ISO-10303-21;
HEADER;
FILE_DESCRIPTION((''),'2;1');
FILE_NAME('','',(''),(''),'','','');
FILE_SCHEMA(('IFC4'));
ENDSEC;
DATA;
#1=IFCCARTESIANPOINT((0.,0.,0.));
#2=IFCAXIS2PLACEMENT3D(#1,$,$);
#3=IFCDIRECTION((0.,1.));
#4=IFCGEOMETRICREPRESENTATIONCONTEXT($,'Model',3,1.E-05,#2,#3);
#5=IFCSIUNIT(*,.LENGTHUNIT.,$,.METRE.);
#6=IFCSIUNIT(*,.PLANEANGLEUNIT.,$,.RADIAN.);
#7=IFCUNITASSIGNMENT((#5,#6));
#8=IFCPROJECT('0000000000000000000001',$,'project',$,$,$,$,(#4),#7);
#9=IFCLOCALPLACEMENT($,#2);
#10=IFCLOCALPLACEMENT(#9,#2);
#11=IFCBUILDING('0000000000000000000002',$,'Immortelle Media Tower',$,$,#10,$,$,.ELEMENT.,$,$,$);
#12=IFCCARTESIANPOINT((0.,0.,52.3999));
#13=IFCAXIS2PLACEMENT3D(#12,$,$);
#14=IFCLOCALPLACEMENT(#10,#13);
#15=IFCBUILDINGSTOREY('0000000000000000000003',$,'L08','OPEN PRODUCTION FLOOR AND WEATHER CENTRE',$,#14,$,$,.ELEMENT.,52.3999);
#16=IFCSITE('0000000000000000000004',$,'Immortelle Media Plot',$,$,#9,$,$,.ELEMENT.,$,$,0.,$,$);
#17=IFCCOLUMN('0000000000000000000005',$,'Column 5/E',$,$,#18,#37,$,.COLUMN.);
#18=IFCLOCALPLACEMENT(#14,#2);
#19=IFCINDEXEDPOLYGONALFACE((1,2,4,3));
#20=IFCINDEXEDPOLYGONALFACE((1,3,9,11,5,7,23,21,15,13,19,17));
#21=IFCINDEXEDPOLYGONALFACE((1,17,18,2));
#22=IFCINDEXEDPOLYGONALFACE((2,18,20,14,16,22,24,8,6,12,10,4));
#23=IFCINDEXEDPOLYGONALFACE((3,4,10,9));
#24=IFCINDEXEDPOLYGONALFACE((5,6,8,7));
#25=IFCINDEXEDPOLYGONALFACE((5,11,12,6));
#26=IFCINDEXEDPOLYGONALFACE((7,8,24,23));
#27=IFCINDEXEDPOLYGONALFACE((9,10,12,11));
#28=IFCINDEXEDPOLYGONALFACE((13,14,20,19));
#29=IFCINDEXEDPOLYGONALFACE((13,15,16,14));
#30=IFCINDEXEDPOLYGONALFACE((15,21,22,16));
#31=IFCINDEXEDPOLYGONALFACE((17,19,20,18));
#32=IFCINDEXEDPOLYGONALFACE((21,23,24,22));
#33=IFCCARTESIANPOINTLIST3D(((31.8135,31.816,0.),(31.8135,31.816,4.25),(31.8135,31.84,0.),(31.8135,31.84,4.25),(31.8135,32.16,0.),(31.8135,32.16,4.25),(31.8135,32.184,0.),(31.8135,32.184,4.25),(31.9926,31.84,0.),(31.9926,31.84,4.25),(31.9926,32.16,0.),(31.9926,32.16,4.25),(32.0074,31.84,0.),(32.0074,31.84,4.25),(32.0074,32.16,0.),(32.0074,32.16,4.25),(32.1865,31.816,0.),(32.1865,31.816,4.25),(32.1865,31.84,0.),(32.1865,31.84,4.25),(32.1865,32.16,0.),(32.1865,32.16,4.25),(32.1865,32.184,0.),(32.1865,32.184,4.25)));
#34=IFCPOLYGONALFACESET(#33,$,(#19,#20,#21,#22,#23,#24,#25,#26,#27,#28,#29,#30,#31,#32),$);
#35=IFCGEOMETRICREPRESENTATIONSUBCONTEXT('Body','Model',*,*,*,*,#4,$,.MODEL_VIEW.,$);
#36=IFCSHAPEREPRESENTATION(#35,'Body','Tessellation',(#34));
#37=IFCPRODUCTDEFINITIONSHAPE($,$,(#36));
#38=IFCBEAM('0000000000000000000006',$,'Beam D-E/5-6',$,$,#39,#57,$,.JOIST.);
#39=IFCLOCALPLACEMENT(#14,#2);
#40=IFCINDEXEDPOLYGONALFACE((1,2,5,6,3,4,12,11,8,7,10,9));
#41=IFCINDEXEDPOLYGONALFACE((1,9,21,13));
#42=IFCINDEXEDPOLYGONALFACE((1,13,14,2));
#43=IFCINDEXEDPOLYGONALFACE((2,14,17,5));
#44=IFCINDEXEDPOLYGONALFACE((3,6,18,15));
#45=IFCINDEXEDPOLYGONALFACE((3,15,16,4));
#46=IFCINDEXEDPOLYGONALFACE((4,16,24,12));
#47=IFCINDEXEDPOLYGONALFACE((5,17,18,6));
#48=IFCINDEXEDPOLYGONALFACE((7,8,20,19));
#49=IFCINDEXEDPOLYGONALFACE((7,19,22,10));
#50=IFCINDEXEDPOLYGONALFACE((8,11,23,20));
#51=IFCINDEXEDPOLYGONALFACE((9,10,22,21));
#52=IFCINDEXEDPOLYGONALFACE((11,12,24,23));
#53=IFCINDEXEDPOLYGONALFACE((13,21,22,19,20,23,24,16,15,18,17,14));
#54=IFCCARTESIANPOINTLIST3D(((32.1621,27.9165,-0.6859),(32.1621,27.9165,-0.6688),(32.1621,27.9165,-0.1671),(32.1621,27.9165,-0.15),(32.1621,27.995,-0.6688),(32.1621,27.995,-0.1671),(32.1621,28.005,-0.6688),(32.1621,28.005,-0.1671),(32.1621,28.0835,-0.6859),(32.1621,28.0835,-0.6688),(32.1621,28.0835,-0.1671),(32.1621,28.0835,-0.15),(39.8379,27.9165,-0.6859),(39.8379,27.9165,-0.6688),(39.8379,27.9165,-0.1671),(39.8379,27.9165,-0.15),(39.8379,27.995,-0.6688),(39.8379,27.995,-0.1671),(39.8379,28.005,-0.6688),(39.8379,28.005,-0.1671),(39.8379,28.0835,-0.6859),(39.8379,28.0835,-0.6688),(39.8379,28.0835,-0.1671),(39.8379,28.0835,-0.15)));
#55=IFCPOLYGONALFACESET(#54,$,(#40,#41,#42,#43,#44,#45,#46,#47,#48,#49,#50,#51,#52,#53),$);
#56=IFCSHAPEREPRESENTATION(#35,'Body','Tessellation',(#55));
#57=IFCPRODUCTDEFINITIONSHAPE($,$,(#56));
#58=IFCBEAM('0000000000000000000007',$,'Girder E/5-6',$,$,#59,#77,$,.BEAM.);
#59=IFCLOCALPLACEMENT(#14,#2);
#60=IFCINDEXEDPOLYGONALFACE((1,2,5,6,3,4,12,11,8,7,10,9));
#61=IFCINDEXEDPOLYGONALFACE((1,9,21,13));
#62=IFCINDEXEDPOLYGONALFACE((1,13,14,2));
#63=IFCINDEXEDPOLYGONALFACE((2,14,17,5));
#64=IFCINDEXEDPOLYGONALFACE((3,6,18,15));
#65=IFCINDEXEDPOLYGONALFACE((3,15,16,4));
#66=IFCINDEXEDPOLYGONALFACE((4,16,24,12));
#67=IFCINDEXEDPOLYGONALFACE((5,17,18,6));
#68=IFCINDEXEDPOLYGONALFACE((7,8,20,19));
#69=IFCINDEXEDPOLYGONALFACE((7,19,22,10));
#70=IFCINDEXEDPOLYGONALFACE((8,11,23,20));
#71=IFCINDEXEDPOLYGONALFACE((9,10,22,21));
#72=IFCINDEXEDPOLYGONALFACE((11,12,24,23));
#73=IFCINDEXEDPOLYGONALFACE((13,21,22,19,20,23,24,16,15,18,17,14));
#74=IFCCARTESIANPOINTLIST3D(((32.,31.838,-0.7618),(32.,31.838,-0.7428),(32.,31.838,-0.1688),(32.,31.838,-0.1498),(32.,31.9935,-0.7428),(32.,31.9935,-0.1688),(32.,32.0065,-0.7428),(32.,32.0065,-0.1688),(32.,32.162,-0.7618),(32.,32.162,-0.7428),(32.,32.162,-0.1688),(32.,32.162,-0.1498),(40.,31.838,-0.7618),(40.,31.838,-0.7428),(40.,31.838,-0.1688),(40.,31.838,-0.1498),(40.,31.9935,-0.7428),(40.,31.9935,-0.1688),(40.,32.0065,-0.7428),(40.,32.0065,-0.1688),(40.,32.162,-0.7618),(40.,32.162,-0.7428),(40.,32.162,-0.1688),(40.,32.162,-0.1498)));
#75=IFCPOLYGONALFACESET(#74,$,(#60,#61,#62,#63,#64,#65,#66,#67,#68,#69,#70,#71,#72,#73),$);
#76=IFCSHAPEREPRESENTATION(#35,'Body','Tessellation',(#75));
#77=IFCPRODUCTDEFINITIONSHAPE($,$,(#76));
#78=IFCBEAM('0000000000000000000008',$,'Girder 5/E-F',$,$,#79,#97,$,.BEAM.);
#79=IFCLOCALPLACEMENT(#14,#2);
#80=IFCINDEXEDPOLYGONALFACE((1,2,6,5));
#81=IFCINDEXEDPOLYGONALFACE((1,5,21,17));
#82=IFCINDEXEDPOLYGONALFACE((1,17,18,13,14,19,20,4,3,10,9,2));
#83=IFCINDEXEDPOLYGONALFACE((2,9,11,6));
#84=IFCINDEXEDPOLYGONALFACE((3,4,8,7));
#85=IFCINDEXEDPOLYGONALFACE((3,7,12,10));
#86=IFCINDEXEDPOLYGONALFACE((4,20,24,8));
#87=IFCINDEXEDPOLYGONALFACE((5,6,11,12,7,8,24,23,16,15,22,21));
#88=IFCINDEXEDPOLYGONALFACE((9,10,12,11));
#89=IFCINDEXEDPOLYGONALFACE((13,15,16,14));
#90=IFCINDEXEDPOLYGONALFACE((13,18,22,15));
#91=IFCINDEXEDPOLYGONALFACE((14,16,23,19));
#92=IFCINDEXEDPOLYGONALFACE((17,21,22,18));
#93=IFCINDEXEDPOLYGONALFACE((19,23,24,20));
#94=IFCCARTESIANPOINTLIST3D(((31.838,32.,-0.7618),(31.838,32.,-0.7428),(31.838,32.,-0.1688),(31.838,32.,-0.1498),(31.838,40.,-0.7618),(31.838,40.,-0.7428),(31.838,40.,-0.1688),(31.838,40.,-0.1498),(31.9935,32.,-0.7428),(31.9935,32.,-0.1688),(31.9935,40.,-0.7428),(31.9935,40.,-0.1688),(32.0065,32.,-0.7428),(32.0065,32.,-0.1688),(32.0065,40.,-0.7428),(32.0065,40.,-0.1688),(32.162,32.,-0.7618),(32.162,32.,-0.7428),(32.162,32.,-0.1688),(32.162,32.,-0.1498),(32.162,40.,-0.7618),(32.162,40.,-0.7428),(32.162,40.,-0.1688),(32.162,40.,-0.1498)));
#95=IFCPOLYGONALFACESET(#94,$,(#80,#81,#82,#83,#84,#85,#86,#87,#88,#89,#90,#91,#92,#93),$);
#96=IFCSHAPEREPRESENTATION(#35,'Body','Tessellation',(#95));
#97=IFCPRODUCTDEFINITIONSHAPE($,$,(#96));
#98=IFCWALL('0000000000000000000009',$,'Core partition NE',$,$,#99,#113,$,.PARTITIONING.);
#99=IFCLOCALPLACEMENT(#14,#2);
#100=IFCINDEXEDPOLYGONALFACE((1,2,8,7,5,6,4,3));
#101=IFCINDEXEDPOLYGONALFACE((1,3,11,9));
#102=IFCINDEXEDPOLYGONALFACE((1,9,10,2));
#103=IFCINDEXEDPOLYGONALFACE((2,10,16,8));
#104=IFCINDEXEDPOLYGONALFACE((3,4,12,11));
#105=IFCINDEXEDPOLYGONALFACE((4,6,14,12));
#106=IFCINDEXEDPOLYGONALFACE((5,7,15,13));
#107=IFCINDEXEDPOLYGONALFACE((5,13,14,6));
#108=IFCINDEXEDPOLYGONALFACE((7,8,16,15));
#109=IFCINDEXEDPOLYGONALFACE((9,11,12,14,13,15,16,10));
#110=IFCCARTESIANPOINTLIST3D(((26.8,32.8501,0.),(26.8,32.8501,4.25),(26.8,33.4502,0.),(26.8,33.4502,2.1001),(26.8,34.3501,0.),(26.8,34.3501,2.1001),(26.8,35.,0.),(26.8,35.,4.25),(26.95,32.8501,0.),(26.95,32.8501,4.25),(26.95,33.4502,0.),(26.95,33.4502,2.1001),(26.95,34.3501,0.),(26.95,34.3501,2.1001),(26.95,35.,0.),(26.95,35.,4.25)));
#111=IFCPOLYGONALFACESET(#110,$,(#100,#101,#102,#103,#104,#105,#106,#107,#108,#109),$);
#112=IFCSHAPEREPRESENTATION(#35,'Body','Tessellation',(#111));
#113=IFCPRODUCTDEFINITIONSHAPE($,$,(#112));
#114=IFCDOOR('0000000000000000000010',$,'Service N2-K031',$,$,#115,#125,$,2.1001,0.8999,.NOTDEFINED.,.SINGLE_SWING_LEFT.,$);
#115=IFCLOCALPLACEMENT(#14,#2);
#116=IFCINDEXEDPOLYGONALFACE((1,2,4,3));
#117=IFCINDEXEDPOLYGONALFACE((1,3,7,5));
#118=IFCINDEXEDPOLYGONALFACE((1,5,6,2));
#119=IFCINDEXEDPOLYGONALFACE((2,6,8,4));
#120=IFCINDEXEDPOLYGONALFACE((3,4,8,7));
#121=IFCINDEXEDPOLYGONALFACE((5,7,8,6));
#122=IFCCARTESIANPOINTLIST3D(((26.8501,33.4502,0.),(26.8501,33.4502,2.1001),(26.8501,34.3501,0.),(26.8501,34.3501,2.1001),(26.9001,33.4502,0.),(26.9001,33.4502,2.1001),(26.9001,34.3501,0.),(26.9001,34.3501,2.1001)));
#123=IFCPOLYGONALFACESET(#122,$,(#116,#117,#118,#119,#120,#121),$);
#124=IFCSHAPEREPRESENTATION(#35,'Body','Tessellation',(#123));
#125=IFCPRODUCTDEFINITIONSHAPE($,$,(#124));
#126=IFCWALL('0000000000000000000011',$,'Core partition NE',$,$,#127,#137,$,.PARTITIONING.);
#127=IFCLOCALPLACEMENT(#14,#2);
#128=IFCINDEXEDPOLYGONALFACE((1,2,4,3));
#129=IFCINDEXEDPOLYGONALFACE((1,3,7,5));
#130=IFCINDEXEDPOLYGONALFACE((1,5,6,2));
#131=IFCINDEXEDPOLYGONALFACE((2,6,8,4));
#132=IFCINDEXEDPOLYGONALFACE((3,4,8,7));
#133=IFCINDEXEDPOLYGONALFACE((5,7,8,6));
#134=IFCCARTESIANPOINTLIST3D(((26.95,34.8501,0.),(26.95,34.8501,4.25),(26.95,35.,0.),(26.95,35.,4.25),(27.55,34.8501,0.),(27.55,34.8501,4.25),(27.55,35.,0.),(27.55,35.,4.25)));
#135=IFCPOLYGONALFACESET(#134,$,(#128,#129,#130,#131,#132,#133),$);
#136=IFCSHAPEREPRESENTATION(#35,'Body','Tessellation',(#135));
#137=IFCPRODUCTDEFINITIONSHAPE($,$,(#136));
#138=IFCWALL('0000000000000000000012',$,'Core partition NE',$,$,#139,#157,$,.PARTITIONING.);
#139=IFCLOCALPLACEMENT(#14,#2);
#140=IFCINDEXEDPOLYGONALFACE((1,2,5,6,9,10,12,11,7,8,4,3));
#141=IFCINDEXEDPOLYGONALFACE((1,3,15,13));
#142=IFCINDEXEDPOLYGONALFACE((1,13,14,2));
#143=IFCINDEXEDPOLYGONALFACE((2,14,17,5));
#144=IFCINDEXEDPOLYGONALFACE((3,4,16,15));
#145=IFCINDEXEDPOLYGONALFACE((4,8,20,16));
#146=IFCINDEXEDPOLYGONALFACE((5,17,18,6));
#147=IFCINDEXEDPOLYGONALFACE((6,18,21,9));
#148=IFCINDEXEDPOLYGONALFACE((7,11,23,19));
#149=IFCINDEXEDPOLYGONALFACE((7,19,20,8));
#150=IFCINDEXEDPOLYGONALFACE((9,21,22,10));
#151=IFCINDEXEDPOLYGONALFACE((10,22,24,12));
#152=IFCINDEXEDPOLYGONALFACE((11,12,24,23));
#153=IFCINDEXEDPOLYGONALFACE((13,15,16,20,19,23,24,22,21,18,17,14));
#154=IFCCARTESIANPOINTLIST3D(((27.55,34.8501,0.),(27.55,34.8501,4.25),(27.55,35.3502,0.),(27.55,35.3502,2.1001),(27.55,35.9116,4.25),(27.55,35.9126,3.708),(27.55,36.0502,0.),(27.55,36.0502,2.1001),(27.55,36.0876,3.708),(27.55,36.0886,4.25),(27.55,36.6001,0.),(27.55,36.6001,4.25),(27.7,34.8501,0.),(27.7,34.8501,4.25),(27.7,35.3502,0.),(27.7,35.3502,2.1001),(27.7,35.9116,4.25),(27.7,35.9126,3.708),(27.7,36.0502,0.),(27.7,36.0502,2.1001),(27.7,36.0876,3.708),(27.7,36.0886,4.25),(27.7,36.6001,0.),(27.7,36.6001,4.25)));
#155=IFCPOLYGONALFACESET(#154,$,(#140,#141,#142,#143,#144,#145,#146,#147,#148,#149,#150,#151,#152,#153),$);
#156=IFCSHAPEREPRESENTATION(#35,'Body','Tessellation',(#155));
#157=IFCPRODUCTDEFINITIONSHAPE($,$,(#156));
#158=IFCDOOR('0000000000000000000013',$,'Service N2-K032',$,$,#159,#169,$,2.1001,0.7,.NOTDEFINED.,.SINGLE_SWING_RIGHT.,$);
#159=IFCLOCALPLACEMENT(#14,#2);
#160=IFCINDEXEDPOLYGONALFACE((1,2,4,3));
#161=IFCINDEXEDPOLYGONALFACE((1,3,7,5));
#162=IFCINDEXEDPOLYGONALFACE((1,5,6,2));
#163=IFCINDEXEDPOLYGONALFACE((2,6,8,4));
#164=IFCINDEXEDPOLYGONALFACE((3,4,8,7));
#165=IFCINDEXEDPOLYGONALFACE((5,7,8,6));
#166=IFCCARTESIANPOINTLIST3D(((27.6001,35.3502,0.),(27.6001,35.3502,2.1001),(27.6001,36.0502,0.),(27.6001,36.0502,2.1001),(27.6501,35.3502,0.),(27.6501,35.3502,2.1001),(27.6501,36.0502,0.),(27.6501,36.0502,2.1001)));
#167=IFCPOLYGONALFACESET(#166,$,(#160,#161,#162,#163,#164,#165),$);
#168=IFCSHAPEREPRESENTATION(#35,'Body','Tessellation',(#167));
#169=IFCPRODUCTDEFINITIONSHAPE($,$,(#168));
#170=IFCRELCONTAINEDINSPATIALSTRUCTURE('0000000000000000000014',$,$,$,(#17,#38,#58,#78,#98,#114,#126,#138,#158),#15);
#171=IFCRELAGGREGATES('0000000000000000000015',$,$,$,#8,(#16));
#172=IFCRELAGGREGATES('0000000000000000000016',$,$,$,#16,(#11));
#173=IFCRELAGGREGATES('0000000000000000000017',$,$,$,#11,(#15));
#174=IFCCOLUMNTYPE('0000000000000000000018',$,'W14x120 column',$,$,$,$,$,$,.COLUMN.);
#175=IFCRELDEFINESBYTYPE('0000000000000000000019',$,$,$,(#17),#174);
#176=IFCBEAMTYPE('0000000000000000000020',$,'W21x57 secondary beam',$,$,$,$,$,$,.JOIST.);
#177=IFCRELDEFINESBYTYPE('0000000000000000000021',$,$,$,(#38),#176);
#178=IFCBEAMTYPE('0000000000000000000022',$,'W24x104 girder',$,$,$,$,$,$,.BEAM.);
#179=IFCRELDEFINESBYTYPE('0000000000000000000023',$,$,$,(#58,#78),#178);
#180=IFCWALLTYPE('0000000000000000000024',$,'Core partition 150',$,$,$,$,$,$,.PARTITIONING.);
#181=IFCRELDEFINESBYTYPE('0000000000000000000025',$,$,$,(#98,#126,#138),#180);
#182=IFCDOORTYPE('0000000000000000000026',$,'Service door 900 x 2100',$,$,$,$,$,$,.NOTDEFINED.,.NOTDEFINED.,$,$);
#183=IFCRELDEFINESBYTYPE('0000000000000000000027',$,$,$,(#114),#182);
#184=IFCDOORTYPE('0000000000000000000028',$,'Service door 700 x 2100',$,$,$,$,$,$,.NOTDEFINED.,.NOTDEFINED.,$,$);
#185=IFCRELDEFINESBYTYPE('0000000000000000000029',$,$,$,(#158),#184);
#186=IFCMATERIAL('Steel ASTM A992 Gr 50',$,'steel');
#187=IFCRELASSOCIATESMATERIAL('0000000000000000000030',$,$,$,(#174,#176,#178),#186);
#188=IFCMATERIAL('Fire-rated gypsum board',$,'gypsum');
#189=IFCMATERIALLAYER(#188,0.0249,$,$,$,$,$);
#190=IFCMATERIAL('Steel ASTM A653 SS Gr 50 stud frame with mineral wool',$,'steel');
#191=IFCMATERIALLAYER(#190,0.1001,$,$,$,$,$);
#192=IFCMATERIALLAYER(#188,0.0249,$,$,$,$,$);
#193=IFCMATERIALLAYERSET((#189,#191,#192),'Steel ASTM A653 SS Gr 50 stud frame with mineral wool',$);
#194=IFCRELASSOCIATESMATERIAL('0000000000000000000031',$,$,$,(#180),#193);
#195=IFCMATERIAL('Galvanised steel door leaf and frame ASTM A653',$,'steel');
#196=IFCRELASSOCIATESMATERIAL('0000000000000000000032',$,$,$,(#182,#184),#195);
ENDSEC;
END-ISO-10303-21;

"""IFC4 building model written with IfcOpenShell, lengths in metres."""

from ifc_helpers import new_model, si_unit, direction, frame, frame_2d, origin, origin_2d, place, context, subcontext, project, spatial, polyline, rectangle, i_section, outline, extrude, material, layer, layer_set, material_profile, profile_set, type_object, element, fill, save


model = new_model("IFC4")

# Units and contexts
model_context = context("Model", 3, precision=1e-05, world=origin(), true_north=direction((0.0, 1.0)))
body_context = subcontext(model_context, "Body", "Model", "MODEL_VIEW")
ifc_project = project(units=[si_unit("LENGTHUNIT", "METRE"), si_unit("PLANEANGLEUNIT", "RADIAN")], contexts=[model_context])

# Site, building, storey
site_placement = place(None, origin())
site = spatial("IfcSite", under=ifc_project, at=site_placement, Name="Immortelle Media Plot", CompositionType="ELEMENT", RefElevation=0.0)
building_placement = place(site_placement, origin())
building = spatial("IfcBuilding", under=site, at=building_placement, Name="Immortelle Media Tower", CompositionType="ELEMENT")
storey_placement = place(building_placement, frame((0.0, 0.0, 52.3999)))
storey = spatial("IfcBuildingStorey", under=building, at=storey_placement, Name="L08", Description="OPEN PRODUCTION FLOOR AND WEATHER CENTRE", CompositionType="ELEMENT", Elevation=52.3999)

# Column
ifc_material_1 = material(Name="Steel ASTM A992 Gr 50", Category="steel")
ifc_material_profile_1 = material_profile(ifc_material_1, i_section(OverallWidth=0.373, OverallDepth=0.3679, WebThickness=0.0149, FlangeThickness=0.0239, at=origin_2d()), Name="W14x120")
ifc_profile_set_1 = profile_set([ifc_material_profile_1], Name="Steel ASTM A992 Gr 50")
column_type = type_object("IfcColumnType", Name="W14x120 column", PredefinedType="COLUMN", material=ifc_profile_set_1)
column_placement = place(storey_placement, frame((32.0, 32.0, 0.0), z_axis=(0.0, 0.0, 1.0), x_axis=(1.0, 0.0, 0.0)))
element("IfcColumn", 1, at=column_placement, inside=storey, type_object=column_type, Name="Column 5/E", PredefinedType="COLUMN", context=body_context, shape_type="SweptSolid", body=[
    extrude(i_section(OverallWidth=0.373, OverallDepth=0.3679, WebThickness=0.0149, FlangeThickness=0.0239, at=origin_2d()), origin(), (0.0, 0.0, 1.0), 4.25),
])

# Beams
ifc_material_profile_2 = material_profile(ifc_material_1, i_section(OverallWidth=0.167, OverallDepth=0.5359, WebThickness=0.01, FlangeThickness=0.0171, at=origin_2d()), Name="W21x57")
ifc_profile_set_2 = profile_set([ifc_material_profile_2], Name="Steel ASTM A992 Gr 50")
beam_type_1 = type_object("IfcBeamType", Name="W21x57 secondary beam", PredefinedType="JOIST", material=ifc_profile_set_2)
beam_placement = place(storey_placement, frame((32.1621, 28.0, -0.418), z_axis=(1.0, 0.0, 0.0), x_axis=(0.0, 1.0, 0.0)))
element("IfcBeam", 2, at=beam_placement, inside=storey, type_object=beam_type_1, Name="Beam D-E/5-6", PredefinedType="JOIST", context=body_context, shape_type="SweptSolid", body=[
    extrude(i_section(OverallWidth=0.167, OverallDepth=0.5359, WebThickness=0.01, FlangeThickness=0.0171, at=origin_2d()), origin(), (0.0, 0.0, 1.0), 7.6758),
])
ifc_material_profile_3 = material_profile(ifc_material_1, i_section(OverallWidth=0.324, OverallDepth=0.6121, WebThickness=0.0129, FlangeThickness=0.019, at=origin_2d()), Name="W24x104")
ifc_profile_set_3 = profile_set([ifc_material_profile_3], Name="Steel ASTM A992 Gr 50")
beam_type_2 = type_object("IfcBeamType", Name="W24x104 girder", PredefinedType="BEAM", material=ifc_profile_set_3)
for number, where, z_axis, x_axis, name in (
    (3, (32.0, 32.0, -0.4558), (1.0, 0.0, 0.0), (0.0, 1.0, 0.0), "Girder E/5-6"),
    (4, (32.0, 32.0, -0.4558), (0.0, 1.0, 0.0), (-1.0, 0.0, 0.0), "Girder 5/E-F"),
):
    element("IfcBeam", number, at=place(storey_placement, frame(where, z_axis=z_axis, x_axis=x_axis)), inside=storey, type_object=beam_type_2, Name=name, PredefinedType="BEAM", context=body_context, shape_type="SweptSolid", body=[
        extrude(i_section(OverallWidth=0.324, OverallDepth=0.6121, WebThickness=0.0129, FlangeThickness=0.019, at=origin_2d()), origin(), (0.0, 0.0, 1.0), 8.0),
    ])

# Wall, opening, door
ifc_material_2 = material(Name="Fire-rated gypsum board", Category="gypsum")
ifc_layer_1 = layer(ifc_material_2, 0.0249)
ifc_material_3 = material(Name="Steel ASTM A653 SS Gr 50 stud frame with mineral wool", Category="steel")
ifc_layer_2 = layer(ifc_material_3, 0.1001)
ifc_layer_3 = layer(ifc_material_2, 0.0249)
ifc_layer_set_1 = layer_set([ifc_layer_1, ifc_layer_2, ifc_layer_3], Name="Steel ASTM A653 SS Gr 50 stud frame with mineral wool")
wall_type_1 = type_object("IfcWallType", Name="Core partition 150", PredefinedType="PARTITIONING", material=ifc_layer_set_1)
wall_1_placement = place(storey_placement, frame((26.875, 32.8501, 0.0), z_axis=(0.0, 0.0, 1.0), x_axis=(0.0, 1.0, 0.0)))
wall_1 = element("IfcWall", 5, at=wall_1_placement, inside=storey, type_object=wall_type_1, Name="Core partition NE", PredefinedType="PARTITIONING", context=body_context, shape_type="SweptSolid", body=[
    extrude(rectangle(XDim=2.1499, YDim=0.1499, at=frame_2d((1.075, 0.0))), origin(), (0.0, 0.0, 1.0), 4.25),
])
opening_1_placement = place(wall_1_placement, frame((0.6001, 0.0, 0.0)))
opening_1 = element("IfcOpeningElement", 6, at=opening_1_placement, cuts=wall_1, PredefinedType="OPENING", context=body_context, shape_type="SweptSolid", body=[
    extrude(rectangle(XDim=0.8999, YDim=2.1001, at=frame_2d((0.45, 1.05))), frame((0.0, 0.085, 0.0), z_axis=(0.0, -1.0, 0.0), x_axis=(1.0, 0.0, 0.0)), (0.0, 0.0, 1.0), 0.1699),
])
ifc_material_4 = material(Name="Galvanised steel door leaf and frame ASTM A653", Category="steel")
door_type_1 = type_object("IfcDoorType", Name="Service door 900 x 2100", OperationType="NOTDEFINED", PredefinedType="NOTDEFINED", material=ifc_material_4)
door_1_placement = place(opening_1_placement, origin())
door_1 = element("IfcDoor", 7, at=door_1_placement, inside=storey, type_object=door_type_1, Name="Service N2-K031", OperationType="SINGLE_SWING_LEFT", OverallHeight=2.1001, OverallWidth=0.8999, PredefinedType="NOTDEFINED", context=body_context, shape_type="SweptSolid", body=[
    extrude(rectangle(XDim=0.8999, YDim=2.1001, at=frame_2d((0.45, 1.05))), frame((0.0, 0.0249, 0.0), z_axis=(0.0, -1.0, 0.0), x_axis=(1.0, 0.0, 0.0)), (0.0, 0.0, 1.0), 0.05),
])
fill(opening_1, door_1)

# Wall
wall_2_placement = place(storey_placement, frame((26.95, 34.925, 0.0), z_axis=(0.0, 0.0, 1.0), x_axis=(1.0, 0.0, 0.0)))
element("IfcWall", 8, at=wall_2_placement, inside=storey, type_object=wall_type_1, Name="Core partition NE", PredefinedType="PARTITIONING", context=body_context, shape_type="SweptSolid", body=[
    extrude(rectangle(XDim=0.6001, YDim=0.1499, at=frame_2d((0.3, 0.0))), origin(), (0.0, 0.0, 1.0), 4.25),
])

# Wall, opening, door
wall_3_placement = place(storey_placement, frame((27.625, 34.8501, 0.0), z_axis=(0.0, 0.0, 1.0), x_axis=(0.0, 1.0, 0.0)))
wall_3 = element("IfcWall", 9, at=wall_3_placement, inside=storey, type_object=wall_type_1, Name="Core partition NE", PredefinedType="PARTITIONING", context=body_context, shape_type="SweptSolid", body=[
    extrude(outline(polyline([(0.0, 0.0), (1.75, 0.0), (1.75, 4.25), (1.2385, 4.25), (1.2375, 3.708), (1.0625, 3.708), (1.0615, 4.25), (0.0, 4.25), (0.0, 0.0)])), frame((0.0, 0.075, 0.0), z_axis=(0.0, -1.0, 0.0), x_axis=(1.0, 0.0, 0.0)), (0.0, 0.0, 1.0), 0.1499),
])
opening_2_placement = place(wall_3_placement, frame((0.5, 0.0, 0.0)))
opening_2 = element("IfcOpeningElement", 10, at=opening_2_placement, cuts=wall_3, PredefinedType="OPENING", context=body_context, shape_type="SweptSolid", body=[
    extrude(rectangle(XDim=0.7, YDim=2.1001, at=frame_2d((0.3501, 1.05))), frame((0.0, 0.085, 0.0), z_axis=(0.0, -1.0, 0.0), x_axis=(1.0, 0.0, 0.0)), (0.0, 0.0, 1.0), 0.1699),
])
door_type_2 = type_object("IfcDoorType", Name="Service door 700 x 2100", OperationType="NOTDEFINED", PredefinedType="NOTDEFINED", material=ifc_material_4)
door_2_placement = place(opening_2_placement, origin())
door_2 = element("IfcDoor", 11, at=door_2_placement, inside=storey, type_object=door_type_2, Name="Service N2-K032", OperationType="SINGLE_SWING_RIGHT", OverallHeight=2.1001, OverallWidth=0.7, PredefinedType="NOTDEFINED", context=body_context, shape_type="SweptSolid", body=[
    extrude(rectangle(XDim=0.7, YDim=2.1001, at=frame_2d((0.3501, 1.05))), frame((0.0, 0.0249, 0.0), z_axis=(0.0, -1.0, 0.0), x_axis=(1.0, 0.0, 0.0)), (0.0, 0.0, 1.0), 0.05),
])
fill(opening_2, door_2)

save(model, "model.ifc")
